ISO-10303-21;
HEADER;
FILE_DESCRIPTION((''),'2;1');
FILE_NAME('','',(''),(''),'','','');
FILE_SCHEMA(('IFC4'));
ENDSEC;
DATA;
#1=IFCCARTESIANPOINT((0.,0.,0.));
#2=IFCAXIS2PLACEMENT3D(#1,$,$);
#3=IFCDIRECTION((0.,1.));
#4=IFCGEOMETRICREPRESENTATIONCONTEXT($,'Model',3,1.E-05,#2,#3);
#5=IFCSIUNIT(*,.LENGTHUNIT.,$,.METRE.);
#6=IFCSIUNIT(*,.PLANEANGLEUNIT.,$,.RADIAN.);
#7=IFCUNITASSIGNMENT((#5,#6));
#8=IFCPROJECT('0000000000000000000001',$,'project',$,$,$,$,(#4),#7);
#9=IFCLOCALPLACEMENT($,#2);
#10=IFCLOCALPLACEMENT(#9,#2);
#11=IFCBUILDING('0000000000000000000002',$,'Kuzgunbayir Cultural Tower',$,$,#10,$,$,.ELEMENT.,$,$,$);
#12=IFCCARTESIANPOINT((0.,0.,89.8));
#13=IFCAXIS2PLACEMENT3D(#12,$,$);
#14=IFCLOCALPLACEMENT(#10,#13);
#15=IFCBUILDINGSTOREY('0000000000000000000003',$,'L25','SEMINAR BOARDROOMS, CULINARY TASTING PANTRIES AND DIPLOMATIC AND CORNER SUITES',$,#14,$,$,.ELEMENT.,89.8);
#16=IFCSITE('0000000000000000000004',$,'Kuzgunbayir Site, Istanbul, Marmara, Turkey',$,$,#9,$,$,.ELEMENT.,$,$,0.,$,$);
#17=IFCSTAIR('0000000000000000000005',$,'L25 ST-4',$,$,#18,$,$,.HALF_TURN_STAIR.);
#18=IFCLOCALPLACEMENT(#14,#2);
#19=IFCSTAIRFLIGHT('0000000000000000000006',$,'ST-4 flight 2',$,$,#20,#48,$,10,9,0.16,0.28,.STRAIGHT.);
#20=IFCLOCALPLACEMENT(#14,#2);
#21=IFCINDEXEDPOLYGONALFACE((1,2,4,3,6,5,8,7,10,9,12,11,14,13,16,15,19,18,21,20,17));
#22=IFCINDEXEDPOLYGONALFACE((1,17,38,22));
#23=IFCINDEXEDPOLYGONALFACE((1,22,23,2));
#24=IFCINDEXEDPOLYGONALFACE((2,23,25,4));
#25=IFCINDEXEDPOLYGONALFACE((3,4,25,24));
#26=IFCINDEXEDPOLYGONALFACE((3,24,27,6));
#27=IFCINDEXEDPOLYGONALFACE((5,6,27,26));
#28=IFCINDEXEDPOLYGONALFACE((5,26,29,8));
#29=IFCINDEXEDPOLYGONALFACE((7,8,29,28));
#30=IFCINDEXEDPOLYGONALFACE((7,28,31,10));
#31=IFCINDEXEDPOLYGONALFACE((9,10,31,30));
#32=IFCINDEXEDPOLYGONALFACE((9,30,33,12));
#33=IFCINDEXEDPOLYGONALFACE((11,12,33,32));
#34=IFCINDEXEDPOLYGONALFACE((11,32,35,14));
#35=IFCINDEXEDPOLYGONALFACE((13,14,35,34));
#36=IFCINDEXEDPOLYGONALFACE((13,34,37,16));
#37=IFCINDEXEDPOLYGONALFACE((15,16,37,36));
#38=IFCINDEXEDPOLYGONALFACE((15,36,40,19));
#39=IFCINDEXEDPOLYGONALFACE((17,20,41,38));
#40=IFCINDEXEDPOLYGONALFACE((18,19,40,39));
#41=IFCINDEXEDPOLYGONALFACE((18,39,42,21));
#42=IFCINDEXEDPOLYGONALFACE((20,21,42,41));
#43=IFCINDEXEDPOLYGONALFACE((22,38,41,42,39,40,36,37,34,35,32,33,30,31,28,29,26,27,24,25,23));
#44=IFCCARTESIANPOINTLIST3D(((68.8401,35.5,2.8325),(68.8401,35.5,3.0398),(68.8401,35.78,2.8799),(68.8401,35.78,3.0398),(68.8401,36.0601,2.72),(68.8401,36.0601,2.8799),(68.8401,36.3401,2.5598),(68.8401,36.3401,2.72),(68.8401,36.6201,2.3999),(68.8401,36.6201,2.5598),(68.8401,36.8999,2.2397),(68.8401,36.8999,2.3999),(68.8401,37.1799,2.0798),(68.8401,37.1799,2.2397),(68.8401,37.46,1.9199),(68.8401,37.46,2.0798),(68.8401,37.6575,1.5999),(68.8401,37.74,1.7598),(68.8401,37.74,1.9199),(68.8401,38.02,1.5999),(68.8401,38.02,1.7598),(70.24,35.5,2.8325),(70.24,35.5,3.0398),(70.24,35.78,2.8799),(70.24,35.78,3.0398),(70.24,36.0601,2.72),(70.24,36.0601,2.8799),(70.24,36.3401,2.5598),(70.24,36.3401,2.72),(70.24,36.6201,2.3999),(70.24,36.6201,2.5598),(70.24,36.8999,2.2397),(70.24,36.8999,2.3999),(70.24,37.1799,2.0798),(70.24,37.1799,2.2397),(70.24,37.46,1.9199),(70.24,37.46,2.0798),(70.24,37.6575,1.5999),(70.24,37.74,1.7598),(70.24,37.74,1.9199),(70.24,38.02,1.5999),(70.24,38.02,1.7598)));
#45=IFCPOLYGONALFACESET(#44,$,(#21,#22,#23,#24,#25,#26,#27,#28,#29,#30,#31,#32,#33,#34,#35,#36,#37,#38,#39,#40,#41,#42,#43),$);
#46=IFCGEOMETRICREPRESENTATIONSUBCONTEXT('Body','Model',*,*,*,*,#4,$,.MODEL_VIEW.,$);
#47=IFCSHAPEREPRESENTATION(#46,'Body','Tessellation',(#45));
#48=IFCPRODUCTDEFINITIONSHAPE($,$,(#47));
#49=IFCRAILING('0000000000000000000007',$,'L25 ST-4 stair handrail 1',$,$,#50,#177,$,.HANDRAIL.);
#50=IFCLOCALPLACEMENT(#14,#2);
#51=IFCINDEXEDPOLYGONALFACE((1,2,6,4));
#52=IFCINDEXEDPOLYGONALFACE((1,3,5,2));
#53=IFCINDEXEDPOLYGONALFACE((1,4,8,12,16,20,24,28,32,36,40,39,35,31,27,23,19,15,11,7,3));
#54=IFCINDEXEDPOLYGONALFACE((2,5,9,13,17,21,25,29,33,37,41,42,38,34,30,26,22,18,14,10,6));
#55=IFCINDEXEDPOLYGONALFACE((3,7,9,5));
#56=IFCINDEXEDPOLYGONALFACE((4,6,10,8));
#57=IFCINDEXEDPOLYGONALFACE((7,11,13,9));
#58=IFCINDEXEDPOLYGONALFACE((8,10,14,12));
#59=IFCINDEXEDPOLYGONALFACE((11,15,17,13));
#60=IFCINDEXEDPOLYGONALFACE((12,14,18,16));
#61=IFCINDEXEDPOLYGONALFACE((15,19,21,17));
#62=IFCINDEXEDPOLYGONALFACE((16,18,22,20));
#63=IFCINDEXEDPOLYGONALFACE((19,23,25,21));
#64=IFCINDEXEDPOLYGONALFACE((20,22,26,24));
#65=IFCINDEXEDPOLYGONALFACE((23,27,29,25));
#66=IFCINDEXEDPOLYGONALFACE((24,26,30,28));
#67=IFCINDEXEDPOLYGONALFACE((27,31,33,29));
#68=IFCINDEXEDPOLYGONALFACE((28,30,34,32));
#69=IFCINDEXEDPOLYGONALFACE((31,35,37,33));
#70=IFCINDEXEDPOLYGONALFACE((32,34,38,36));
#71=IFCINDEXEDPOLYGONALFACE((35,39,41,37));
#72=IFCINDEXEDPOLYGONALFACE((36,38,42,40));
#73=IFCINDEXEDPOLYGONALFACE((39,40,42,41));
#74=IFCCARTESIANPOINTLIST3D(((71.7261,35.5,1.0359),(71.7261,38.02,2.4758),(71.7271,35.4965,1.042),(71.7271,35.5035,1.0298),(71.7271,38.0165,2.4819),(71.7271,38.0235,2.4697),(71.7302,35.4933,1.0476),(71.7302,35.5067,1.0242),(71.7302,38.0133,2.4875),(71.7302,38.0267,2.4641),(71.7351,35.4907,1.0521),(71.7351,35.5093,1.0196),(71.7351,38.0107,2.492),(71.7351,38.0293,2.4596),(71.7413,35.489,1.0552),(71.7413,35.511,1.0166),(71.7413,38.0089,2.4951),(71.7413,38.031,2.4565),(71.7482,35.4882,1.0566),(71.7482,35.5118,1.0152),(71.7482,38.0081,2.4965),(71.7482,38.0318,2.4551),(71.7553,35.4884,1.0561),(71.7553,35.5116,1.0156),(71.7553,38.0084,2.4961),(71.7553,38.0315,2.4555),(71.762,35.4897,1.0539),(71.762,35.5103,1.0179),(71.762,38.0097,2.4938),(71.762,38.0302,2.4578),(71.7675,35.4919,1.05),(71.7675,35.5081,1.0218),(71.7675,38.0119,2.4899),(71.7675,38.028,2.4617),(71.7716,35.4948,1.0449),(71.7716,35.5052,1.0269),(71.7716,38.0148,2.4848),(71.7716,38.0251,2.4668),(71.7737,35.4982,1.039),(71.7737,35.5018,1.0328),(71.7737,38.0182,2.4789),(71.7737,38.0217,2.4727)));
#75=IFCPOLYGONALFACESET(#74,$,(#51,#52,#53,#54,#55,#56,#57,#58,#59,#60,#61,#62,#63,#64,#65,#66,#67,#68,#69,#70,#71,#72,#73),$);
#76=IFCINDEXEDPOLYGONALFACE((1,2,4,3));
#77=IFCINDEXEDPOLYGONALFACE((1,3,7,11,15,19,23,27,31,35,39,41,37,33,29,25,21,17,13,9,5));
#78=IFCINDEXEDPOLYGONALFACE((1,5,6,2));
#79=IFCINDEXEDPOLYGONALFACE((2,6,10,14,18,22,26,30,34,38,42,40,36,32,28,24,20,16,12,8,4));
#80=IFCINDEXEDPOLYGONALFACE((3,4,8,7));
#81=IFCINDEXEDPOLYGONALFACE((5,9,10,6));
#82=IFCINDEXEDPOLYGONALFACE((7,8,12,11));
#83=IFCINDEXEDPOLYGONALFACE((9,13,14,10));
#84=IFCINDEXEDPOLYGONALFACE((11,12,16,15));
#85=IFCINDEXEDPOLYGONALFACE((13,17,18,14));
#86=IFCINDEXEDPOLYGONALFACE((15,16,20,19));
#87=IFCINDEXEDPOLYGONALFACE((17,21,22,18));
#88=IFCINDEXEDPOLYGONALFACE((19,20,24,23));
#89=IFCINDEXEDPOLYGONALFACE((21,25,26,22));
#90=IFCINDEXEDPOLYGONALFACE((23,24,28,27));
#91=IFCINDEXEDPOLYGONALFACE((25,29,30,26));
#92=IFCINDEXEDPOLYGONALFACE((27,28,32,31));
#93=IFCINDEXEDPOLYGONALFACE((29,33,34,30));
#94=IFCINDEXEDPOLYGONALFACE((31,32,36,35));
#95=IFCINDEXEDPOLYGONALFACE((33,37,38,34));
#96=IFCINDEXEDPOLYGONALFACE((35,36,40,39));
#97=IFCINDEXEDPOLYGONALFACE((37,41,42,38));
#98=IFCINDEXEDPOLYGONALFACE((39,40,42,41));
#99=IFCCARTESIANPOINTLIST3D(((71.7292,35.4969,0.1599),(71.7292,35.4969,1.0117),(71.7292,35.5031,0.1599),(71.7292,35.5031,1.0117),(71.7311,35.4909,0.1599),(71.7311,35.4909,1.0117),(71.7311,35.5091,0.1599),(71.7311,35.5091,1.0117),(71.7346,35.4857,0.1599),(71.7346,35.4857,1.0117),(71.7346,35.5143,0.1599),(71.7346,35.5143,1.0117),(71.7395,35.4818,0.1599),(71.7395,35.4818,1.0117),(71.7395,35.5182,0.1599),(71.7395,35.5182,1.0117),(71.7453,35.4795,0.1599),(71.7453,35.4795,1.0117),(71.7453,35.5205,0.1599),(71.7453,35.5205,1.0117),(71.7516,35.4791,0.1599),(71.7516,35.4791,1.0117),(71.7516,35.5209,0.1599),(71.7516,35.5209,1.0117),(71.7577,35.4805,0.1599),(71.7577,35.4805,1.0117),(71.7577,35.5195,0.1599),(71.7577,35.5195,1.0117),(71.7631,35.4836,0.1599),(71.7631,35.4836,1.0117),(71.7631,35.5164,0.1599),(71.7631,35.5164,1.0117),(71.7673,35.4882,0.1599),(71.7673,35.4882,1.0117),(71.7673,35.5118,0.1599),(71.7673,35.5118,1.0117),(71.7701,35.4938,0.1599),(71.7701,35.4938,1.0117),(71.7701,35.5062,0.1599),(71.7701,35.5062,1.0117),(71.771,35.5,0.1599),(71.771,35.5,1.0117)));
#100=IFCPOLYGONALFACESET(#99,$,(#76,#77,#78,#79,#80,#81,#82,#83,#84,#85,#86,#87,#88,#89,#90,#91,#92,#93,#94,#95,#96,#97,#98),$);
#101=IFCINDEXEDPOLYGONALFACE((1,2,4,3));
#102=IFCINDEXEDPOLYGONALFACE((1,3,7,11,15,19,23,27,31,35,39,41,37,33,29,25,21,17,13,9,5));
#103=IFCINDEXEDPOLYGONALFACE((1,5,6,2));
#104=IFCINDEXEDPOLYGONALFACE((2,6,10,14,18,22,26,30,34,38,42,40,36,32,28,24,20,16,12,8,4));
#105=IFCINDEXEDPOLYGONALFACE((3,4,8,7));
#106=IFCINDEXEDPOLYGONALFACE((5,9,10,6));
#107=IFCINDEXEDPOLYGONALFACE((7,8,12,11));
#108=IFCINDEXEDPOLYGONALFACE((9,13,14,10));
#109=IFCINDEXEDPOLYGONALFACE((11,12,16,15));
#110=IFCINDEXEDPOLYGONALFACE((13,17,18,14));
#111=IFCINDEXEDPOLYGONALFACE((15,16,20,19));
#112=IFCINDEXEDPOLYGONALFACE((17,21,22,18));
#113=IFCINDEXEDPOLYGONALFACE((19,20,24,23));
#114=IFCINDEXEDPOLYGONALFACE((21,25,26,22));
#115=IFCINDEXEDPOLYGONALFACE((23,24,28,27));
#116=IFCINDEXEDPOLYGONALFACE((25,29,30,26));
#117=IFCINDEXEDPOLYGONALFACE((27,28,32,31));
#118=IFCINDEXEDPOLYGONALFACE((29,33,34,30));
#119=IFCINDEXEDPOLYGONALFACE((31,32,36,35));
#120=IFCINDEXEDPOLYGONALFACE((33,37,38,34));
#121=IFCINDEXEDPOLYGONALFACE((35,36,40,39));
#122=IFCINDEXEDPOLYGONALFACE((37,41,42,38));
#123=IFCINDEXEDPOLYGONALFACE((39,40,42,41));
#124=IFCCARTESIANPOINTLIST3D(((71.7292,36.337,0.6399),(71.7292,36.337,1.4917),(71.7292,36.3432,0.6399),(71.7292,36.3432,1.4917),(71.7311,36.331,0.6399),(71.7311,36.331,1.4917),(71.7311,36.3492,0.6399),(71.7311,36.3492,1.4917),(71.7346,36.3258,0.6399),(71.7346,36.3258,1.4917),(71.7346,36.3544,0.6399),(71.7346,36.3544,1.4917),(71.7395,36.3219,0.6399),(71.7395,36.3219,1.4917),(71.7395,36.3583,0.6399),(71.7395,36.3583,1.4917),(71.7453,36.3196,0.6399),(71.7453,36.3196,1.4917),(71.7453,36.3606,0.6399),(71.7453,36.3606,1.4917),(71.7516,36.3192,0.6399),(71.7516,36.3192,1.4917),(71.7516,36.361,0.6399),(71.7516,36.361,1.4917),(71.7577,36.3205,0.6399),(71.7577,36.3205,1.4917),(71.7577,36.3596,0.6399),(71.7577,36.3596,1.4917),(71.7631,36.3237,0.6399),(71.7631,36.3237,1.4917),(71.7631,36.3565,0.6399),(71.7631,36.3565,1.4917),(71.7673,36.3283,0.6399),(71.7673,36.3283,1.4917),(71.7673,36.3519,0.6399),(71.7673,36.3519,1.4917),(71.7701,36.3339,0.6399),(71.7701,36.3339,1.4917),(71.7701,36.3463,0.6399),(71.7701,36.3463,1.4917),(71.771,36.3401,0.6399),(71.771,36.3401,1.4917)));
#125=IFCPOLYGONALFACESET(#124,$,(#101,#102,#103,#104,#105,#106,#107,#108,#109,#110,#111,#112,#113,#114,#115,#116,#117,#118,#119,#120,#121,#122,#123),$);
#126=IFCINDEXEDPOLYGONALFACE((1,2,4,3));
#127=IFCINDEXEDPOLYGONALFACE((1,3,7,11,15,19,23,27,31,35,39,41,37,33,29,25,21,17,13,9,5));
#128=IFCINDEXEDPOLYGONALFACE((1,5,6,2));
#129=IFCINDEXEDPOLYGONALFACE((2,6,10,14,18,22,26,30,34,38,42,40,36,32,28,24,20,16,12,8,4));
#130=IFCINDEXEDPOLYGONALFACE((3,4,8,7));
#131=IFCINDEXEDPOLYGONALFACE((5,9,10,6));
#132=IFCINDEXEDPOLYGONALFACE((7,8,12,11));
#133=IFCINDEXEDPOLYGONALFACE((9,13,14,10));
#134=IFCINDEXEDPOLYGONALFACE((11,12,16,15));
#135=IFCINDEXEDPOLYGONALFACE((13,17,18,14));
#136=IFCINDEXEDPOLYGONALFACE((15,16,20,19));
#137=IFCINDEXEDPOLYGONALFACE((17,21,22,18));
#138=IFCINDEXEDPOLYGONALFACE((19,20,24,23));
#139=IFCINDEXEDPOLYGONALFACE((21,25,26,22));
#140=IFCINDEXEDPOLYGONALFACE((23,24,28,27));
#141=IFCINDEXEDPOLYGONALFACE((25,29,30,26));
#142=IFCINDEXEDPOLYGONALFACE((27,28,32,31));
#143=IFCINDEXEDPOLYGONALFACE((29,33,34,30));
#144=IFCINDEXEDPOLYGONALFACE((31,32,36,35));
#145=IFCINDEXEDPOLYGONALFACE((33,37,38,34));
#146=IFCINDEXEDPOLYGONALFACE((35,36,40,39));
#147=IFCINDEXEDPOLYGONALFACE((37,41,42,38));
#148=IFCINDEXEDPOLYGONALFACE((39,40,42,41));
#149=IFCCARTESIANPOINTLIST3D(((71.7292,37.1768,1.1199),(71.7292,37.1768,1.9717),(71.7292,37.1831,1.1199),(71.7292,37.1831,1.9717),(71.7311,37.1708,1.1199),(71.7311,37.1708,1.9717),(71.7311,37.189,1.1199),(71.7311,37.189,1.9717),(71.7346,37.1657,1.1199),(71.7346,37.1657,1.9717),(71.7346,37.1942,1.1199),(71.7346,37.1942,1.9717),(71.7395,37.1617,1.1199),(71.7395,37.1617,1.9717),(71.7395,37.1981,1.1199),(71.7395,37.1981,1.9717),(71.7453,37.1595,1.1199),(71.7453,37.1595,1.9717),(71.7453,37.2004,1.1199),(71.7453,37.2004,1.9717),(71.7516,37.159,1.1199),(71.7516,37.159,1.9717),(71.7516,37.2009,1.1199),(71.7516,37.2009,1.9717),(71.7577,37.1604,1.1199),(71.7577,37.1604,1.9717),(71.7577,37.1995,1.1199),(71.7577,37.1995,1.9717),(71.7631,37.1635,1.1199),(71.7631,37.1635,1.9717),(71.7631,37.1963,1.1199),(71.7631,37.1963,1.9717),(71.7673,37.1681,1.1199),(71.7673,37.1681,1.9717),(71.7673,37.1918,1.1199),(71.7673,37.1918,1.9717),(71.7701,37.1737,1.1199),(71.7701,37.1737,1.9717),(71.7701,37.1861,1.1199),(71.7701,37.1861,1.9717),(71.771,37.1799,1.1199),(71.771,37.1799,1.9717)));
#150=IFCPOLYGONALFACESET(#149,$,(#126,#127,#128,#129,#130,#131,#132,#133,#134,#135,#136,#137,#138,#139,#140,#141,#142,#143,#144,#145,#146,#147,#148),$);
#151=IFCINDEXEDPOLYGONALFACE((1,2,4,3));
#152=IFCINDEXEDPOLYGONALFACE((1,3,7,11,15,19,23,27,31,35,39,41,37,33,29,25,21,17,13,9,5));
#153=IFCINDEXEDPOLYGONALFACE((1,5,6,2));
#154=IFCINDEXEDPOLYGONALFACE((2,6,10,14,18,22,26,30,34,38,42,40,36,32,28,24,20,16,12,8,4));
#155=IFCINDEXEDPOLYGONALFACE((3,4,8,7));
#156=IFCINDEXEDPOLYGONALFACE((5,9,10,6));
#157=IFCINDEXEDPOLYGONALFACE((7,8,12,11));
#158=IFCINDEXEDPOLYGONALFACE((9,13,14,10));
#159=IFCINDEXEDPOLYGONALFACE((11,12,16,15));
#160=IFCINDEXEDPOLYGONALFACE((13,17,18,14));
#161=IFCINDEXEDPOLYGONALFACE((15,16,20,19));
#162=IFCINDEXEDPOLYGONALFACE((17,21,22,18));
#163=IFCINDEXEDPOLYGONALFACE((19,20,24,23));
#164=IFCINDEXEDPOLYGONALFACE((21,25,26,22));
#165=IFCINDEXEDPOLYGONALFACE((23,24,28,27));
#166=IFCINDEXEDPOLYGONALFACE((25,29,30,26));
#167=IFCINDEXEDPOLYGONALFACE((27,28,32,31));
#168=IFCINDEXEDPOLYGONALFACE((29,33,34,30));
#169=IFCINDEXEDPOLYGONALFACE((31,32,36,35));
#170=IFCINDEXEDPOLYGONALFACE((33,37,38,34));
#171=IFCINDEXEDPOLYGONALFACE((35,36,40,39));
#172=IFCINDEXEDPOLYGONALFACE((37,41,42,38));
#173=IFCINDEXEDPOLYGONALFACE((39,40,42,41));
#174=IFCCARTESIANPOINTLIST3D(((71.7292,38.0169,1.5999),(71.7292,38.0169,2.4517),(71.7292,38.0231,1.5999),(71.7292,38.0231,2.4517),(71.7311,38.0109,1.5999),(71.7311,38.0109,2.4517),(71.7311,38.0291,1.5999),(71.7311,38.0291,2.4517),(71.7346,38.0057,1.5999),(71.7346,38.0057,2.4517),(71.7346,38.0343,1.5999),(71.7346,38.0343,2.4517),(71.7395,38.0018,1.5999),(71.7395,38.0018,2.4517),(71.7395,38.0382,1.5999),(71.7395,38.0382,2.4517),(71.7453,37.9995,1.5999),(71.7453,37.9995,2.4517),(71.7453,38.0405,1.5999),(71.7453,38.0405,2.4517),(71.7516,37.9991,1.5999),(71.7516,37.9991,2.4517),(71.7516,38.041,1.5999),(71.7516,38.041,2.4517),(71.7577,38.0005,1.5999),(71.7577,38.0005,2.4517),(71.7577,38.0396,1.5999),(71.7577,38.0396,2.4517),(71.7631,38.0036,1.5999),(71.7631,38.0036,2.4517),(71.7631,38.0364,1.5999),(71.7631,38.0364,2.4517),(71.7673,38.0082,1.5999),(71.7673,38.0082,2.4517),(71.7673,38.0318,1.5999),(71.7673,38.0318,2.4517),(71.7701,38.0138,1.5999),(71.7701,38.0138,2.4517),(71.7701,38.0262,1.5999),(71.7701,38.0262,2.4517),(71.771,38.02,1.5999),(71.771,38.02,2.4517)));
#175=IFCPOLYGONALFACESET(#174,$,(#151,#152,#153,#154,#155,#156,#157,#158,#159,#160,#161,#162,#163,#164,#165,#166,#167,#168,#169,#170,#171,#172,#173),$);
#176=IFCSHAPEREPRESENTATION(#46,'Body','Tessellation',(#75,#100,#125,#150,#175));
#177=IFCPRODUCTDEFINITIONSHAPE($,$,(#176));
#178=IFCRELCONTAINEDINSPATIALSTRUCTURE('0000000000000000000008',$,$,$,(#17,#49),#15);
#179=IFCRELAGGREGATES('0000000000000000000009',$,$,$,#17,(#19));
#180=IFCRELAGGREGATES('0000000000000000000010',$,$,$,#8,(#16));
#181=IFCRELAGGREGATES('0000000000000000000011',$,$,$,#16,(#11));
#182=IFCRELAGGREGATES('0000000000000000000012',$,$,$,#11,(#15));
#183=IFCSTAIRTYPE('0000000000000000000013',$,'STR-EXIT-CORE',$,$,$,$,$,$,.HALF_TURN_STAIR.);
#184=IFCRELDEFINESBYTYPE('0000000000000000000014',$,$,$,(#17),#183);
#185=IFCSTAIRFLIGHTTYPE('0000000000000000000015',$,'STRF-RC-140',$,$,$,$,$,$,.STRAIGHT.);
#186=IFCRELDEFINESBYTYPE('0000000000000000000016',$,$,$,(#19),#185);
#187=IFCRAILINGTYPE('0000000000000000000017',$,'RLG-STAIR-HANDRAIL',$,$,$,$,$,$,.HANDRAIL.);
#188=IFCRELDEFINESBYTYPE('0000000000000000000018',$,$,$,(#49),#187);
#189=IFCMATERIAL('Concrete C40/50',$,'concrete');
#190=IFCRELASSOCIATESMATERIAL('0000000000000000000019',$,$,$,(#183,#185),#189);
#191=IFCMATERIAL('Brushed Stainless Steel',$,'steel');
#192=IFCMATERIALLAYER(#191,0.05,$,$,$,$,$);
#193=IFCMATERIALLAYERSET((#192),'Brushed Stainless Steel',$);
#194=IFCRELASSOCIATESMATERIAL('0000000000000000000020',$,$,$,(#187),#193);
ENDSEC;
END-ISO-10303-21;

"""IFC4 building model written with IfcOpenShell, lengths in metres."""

from ifc_helpers import new_model, si_unit, direction, frame, origin, origin_2d, place, context, subcontext, project, spatial, polyline, circle, outline, extrude, material, layer, layer_set, type_object, element, aggregate, save


model = new_model("IFC4")

# Units and contexts
model_context = context("Model", 3, precision=1e-05, world=origin(), true_north=direction((0.0, 1.0)))
body_context = subcontext(model_context, "Body", "Model", "MODEL_VIEW")
ifc_project = project(units=[si_unit("LENGTHUNIT", "METRE"), si_unit("PLANEANGLEUNIT", "RADIAN")], contexts=[model_context])

# Site, building, storey
site_placement = place(None, origin())
site = spatial("IfcSite", under=ifc_project, at=site_placement, Name="Kuzgunbayir Site, Istanbul, Marmara, Turkey", CompositionType="ELEMENT", RefElevation=0.0)
building_placement = place(site_placement, origin())
building = spatial("IfcBuilding", under=site, at=building_placement, Name="Kuzgunbayir Cultural Tower", CompositionType="ELEMENT")
storey_placement = place(building_placement, frame((0.0, 0.0, 89.8)))
storey = spatial("IfcBuildingStorey", under=building, at=storey_placement, Name="L25", Description="SEMINAR BOARDROOMS, CULINARY TASTING PANTRIES AND DIPLOMATIC AND CORNER SUITES", CompositionType="ELEMENT", Elevation=89.8)

# Shared definitions
ifc_material_1 = material(Name="Concrete C40/50", Category="concrete")

# Stair, stair flight
stair_type = type_object("IfcStairType", Name="STR-EXIT-CORE", PredefinedType="HALF_TURN_STAIR", material=ifc_material_1)
stair_placement = place(storey_placement, origin())
stair = element("IfcStair", 1, at=stair_placement, inside=storey, type_object=stair_type, Name="L25 ST-4", PredefinedType="HALF_TURN_STAIR")
stair_flight_type = type_object("IfcStairFlightType", Name="STRF-RC-140", PredefinedType="STRAIGHT", material=ifc_material_1)
stair_flight_1_placement = place(storey_placement, frame((69.54, 38.02, 1.5999), z_axis=(0.0, 0.0, 1.0), x_axis=(0.0, -1.0, 0.0)))
stair_flight_1 = element("IfcStairFlight", 2, at=stair_flight_1_placement, type_object=stair_flight_type, Name="ST-4 flight 2", NumberOfRisers=10, NumberOfTreads=9, PredefinedType="STRAIGHT", RiserHeight=0.16, TreadLength=0.28, context=body_context, shape_type="SweptSolid", body=[
    extrude(outline(polyline([(0.0, 0.0), (0.0, 0.1599), (0.28, 0.1599), (0.28, 0.3201), (0.5601, 0.3201), (0.5601, 0.48), (0.8401, 0.48), (0.8401, 0.6399), (1.1201, 0.6399), (1.1201, 0.8), (1.3999, 0.8), (1.3999, 0.96), (1.6799, 0.96), (1.6799, 1.1201), (1.96, 1.1201), (1.96, 1.28), (2.24, 1.28), (2.24, 1.4399), (2.52, 1.4399), (2.52, 1.6001), (2.52, 1.2327), (0.3625, 0.0), (0.0, 0.0)])), frame((0.0, 0.7, 0.0), z_axis=(0.0, -1.0, 0.0), x_axis=(1.0, 0.0, 0.0)), (0.0, 0.0, 1.0), 1.3999),
])
aggregate(stair, [stair_flight_1])

# Railing
ifc_material_2 = material(Name="Brushed Stainless Steel", Category="steel")
ifc_layer_1 = layer(ifc_material_2, 0.05)
ifc_layer_set_1 = layer_set([ifc_layer_1], Name="Brushed Stainless Steel")
railing_type_1 = type_object("IfcRailingType", Name="RLG-STAIR-HANDRAIL", PredefinedType="HANDRAIL", material=ifc_layer_set_1)
railing_1_placement = place(storey_placement, frame((71.75, 35.5, 0.1599)))
element("IfcRailing", 3, at=railing_1_placement, inside=storey, type_object=railing_type_1, Name="L25 ST-4 stair handrail 1", PredefinedType="HANDRAIL", context=body_context, shape_type="SweptSolid", body=[
    extrude(circle(Radius=0.0239, at=origin_2d()), frame((0.0, 0.0, 0.876), z_axis=(0.0, 0.868253, 0.496121), x_axis=(-1.0, 0.0, 0.0)), (0.0, 0.0, 1.0), 2.9023),
    extrude(circle(Radius=0.021, at=origin_2d()), origin(), (0.0, 0.0, 1.0), 0.8518),
    extrude(circle(Radius=0.021, at=origin_2d()), frame((0.0, 0.8401, 0.48)), (0.0, 0.0, 1.0), 0.8518),
    extrude(circle(Radius=0.021, at=origin_2d()), frame((0.0, 1.6799, 0.96)), (0.0, 0.0, 1.0), 0.8518),
    extrude(circle(Radius=0.021, at=origin_2d()), frame((0.0, 2.52, 1.4399)), (0.0, 0.0, 1.0), 0.8518),
])

save(model, "model.ifc")
